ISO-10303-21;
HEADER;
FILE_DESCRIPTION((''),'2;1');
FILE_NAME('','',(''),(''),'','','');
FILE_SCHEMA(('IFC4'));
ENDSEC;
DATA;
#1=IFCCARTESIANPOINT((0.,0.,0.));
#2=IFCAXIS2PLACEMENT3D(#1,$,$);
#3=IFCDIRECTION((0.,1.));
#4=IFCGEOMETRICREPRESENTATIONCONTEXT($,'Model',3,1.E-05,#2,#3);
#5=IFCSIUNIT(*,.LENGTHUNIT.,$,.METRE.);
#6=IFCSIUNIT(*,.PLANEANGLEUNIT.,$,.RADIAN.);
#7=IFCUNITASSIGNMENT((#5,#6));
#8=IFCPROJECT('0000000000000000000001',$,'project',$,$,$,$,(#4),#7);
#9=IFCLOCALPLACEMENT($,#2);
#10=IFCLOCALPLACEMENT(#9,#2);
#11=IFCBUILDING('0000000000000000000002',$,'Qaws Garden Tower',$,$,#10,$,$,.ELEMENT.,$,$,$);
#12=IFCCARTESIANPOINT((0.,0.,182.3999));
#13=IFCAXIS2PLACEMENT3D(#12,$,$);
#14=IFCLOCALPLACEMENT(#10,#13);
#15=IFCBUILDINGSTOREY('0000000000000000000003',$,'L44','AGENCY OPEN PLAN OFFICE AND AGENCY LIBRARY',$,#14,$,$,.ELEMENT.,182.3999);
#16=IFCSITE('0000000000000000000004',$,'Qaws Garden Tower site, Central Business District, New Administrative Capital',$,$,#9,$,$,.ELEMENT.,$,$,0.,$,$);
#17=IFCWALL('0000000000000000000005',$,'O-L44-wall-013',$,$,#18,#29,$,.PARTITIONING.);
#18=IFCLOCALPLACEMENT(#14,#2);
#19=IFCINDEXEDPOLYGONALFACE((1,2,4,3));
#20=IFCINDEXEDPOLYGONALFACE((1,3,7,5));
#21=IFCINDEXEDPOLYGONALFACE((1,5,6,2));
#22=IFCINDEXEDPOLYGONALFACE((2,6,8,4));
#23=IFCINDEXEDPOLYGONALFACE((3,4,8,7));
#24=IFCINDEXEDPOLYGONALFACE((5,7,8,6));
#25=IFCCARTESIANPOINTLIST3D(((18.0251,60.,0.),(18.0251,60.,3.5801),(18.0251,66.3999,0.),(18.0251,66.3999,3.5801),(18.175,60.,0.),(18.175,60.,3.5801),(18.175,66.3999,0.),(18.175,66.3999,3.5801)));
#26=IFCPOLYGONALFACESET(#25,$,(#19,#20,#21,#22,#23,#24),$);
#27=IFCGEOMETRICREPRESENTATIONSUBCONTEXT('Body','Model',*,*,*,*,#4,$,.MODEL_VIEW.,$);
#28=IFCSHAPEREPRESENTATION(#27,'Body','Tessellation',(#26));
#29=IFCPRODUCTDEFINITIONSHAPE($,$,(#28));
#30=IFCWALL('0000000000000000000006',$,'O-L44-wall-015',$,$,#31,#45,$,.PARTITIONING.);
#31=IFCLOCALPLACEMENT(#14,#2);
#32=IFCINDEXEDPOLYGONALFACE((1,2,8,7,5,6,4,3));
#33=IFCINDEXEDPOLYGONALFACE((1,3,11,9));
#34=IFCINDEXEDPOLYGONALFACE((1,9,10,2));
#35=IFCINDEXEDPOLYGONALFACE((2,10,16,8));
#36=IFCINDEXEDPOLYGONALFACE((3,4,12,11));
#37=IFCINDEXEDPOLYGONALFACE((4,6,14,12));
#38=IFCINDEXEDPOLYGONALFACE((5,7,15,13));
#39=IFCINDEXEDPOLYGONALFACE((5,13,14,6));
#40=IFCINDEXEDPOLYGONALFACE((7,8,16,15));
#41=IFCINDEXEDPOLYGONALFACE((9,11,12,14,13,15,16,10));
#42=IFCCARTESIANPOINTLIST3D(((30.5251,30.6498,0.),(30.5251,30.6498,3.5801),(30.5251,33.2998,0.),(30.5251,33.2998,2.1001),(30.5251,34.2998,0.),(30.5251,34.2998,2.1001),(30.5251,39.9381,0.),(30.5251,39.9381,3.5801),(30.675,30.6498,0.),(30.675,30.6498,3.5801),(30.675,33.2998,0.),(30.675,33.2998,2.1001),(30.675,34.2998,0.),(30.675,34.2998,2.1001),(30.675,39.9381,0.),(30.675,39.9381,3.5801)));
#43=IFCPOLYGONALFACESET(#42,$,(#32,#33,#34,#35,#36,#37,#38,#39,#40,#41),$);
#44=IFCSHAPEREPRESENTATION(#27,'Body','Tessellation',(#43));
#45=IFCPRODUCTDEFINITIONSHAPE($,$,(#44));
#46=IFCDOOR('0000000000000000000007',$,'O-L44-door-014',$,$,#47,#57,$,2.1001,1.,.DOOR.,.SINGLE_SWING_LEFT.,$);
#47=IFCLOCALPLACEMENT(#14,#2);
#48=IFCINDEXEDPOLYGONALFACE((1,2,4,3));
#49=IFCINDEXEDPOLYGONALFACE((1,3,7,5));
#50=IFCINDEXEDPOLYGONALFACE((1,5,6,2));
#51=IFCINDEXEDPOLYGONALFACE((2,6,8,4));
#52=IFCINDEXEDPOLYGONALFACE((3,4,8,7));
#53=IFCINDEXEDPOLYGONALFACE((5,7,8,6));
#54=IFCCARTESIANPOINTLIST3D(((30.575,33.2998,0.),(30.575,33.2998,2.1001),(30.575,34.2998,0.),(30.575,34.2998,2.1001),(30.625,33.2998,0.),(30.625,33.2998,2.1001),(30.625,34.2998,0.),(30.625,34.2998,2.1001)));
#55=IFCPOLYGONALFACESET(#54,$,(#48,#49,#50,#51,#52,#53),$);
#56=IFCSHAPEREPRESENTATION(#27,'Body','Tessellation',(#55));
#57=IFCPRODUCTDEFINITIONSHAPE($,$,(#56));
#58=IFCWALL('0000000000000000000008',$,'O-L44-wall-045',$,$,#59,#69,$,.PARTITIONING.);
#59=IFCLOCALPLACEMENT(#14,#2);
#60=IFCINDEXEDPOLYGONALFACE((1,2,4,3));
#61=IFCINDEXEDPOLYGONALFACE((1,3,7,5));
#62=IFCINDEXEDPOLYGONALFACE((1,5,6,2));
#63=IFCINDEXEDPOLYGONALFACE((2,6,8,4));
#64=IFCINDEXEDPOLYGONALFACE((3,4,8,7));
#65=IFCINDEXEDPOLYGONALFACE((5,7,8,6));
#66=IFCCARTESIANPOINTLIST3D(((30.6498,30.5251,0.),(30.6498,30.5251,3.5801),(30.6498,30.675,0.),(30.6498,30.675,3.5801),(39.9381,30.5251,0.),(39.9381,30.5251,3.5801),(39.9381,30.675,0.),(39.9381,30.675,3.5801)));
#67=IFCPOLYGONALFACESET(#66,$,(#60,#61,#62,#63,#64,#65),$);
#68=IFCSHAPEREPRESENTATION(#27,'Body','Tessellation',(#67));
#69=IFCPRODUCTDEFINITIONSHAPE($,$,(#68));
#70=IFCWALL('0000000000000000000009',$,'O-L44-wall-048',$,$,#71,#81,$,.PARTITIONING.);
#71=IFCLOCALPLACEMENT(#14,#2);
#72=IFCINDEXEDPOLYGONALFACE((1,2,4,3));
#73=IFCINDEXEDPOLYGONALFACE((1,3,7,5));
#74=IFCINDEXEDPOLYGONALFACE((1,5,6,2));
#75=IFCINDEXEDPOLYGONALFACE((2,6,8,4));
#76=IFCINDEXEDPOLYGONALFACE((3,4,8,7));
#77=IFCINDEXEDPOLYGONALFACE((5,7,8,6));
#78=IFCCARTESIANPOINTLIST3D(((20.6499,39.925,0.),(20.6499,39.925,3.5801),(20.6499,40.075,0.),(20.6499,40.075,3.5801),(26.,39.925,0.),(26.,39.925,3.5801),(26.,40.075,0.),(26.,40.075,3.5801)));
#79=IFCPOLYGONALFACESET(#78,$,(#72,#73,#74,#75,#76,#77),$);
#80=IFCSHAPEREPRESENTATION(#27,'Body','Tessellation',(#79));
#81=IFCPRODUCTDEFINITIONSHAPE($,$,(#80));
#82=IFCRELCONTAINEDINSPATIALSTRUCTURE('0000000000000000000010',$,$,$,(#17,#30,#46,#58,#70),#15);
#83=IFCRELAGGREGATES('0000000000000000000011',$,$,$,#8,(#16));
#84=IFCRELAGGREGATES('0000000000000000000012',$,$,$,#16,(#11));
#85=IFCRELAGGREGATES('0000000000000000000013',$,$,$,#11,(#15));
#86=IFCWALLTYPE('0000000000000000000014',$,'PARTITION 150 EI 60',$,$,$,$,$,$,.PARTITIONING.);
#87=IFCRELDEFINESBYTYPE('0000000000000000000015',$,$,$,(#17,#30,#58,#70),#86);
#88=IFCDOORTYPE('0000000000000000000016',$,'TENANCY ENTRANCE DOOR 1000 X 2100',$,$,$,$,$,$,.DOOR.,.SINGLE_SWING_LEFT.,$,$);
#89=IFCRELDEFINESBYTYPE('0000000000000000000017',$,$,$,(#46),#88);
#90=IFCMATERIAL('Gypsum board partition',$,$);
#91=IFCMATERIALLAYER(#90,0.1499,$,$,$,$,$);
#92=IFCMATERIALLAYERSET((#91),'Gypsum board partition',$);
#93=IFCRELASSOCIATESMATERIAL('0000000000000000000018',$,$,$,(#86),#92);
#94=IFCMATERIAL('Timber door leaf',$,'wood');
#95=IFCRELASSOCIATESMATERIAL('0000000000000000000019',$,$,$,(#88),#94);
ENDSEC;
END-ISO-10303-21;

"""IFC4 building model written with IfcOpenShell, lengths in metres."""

from ifc_helpers import new_model, si_unit, direction, frame, frame_2d, origin, place, context, subcontext, project, spatial, rectangle, extrude, material, layer, layer_set, type_object, element, fill, save


model = new_model("IFC4")

# Units and contexts
model_context = context("Model", 3, precision=1e-05, world=origin(), true_north=direction((0.0, 1.0)))
body_context = subcontext(model_context, "Body", "Model", "MODEL_VIEW")
ifc_project = project(units=[si_unit("LENGTHUNIT", "METRE"), si_unit("PLANEANGLEUNIT", "RADIAN")], contexts=[model_context])

# Site, building, storey
site_placement = place(None, origin())
site = spatial("IfcSite", under=ifc_project, at=site_placement, Name="Qaws Garden Tower site, Central Business District, New Administrative Capital", CompositionType="ELEMENT", RefElevation=0.0)
building_placement = place(site_placement, origin())
building = spatial("IfcBuilding", under=site, at=building_placement, Name="Qaws Garden Tower", CompositionType="ELEMENT")
storey_placement = place(building_placement, frame((0.0, 0.0, 182.3999)))
storey = spatial("IfcBuildingStorey", under=building, at=storey_placement, Name="L44", Description="AGENCY OPEN PLAN OFFICE AND AGENCY LIBRARY", CompositionType="ELEMENT", Elevation=182.3999)

# Wall
ifc_material_1 = material(Name="Gypsum board partition")
ifc_layer_1 = layer(ifc_material_1, 0.1499)
ifc_layer_set_1 = layer_set([ifc_layer_1], Name="Gypsum board partition")
wall_type_1 = type_object("IfcWallType", Name="PARTITION 150 EI 60", PredefinedType="PARTITIONING", material=ifc_layer_set_1)
wall_1_placement = place(storey_placement, frame((18.1001, 60.0, 0.0), z_axis=(0.0, 0.0, 1.0), x_axis=(0.0, 1.0, 0.0)))
element("IfcWall", 1, at=wall_1_placement, inside=storey, type_object=wall_type_1, Name="O-L44-wall-013", PredefinedType="PARTITIONING", context=body_context, shape_type="SweptSolid", body=[
    extrude(rectangle(XDim=6.3999, YDim=0.1499, at=frame_2d((3.2, 0.0))), origin(), (0.0, 0.0, 1.0), 3.5801),
])

# Wall, opening, door
wall_2_placement = place(storey_placement, frame((30.6001, 30.6499, 0.0), z_axis=(0.0, 0.0, 1.0), x_axis=(0.0, 1.0, 0.0)))
wall_2 = element("IfcWall", 2, at=wall_2_placement, inside=storey, type_object=wall_type_1, Name="O-L44-wall-015", PredefinedType="PARTITIONING", context=body_context, shape_type="SweptSolid", body=[
    extrude(rectangle(XDim=9.2883, YDim=0.1499, at=frame_2d((4.644, 0.0))), origin(), (0.0, 0.0, 1.0), 3.5801),
])
opening_1_placement = place(wall_2_placement, frame((2.6499, 0.0, 0.0)))
opening_1 = element("IfcOpeningElement", 3, at=opening_1_placement, cuts=wall_2, PredefinedType="OPENING", context=body_context, shape_type="SweptSolid", body=[
    extrude(rectangle(XDim=1.0, YDim=2.1001, at=frame_2d((0.5, 1.05))), frame((0.0, 0.085, 0.0), z_axis=(0.0, -1.0, 0.0), x_axis=(1.0, 0.0, 0.0)), (0.0, 0.0, 1.0), 0.1699),
])
ifc_material_2 = material(Name="Timber door leaf", Category="wood")
door_type = type_object("IfcDoorType", Name="TENANCY ENTRANCE DOOR 1000 X 2100", OperationType="SINGLE_SWING_LEFT", PredefinedType="DOOR", material=ifc_material_2)
door_placement = place(opening_1_placement, frame((1.0, 0.0, 0.0), z_axis=(0.0, 0.0, 1.0), x_axis=(-1.0, 0.0, 0.0)))
door = element("IfcDoor", 4, at=door_placement, inside=storey, type_object=door_type, Name="O-L44-door-014", OperationType="SINGLE_SWING_LEFT", OverallHeight=2.1001, OverallWidth=1.0, PredefinedType="DOOR", context=body_context, shape_type="SweptSolid", body=[
    extrude(rectangle(XDim=1.0, YDim=2.1001, at=frame_2d((0.5, 1.05))), frame((0.0, 0.0249, 0.0), z_axis=(0.0, -1.0, 0.0), x_axis=(1.0, 0.0, 0.0)), (0.0, 0.0, 1.0), 0.05),
])
fill(opening_1, door)

# Walls
wall_3_placement = place(storey_placement, frame((30.6499, 30.6001, 0.0), z_axis=(0.0, 0.0, 1.0), x_axis=(1.0, 0.0, 0.0)))
element("IfcWall", 5, at=wall_3_placement, inside=storey, type_object=wall_type_1, Name="O-L44-wall-045", PredefinedType="PARTITIONING", context=body_context, shape_type="SweptSolid", body=[
    extrude(rectangle(XDim=9.2883, YDim=0.1499, at=frame_2d((4.644, 0.0))), origin(), (0.0, 0.0, 1.0), 3.5801),
])
wall_4_placement = place(storey_placement, frame((20.6499, 40.0, 0.0), z_axis=(0.0, 0.0, 1.0), x_axis=(1.0, 0.0, 0.0)))
element("IfcWall", 6, at=wall_4_placement, inside=storey, type_object=wall_type_1, Name="O-L44-wall-048", PredefinedType="PARTITIONING", context=body_context, shape_type="SweptSolid", body=[
    extrude(rectangle(XDim=5.3501, YDim=0.1499, at=frame_2d((2.675, 0.0))), origin(), (0.0, 0.0, 1.0), 3.5801),
])

save(model, "model.ifc")
